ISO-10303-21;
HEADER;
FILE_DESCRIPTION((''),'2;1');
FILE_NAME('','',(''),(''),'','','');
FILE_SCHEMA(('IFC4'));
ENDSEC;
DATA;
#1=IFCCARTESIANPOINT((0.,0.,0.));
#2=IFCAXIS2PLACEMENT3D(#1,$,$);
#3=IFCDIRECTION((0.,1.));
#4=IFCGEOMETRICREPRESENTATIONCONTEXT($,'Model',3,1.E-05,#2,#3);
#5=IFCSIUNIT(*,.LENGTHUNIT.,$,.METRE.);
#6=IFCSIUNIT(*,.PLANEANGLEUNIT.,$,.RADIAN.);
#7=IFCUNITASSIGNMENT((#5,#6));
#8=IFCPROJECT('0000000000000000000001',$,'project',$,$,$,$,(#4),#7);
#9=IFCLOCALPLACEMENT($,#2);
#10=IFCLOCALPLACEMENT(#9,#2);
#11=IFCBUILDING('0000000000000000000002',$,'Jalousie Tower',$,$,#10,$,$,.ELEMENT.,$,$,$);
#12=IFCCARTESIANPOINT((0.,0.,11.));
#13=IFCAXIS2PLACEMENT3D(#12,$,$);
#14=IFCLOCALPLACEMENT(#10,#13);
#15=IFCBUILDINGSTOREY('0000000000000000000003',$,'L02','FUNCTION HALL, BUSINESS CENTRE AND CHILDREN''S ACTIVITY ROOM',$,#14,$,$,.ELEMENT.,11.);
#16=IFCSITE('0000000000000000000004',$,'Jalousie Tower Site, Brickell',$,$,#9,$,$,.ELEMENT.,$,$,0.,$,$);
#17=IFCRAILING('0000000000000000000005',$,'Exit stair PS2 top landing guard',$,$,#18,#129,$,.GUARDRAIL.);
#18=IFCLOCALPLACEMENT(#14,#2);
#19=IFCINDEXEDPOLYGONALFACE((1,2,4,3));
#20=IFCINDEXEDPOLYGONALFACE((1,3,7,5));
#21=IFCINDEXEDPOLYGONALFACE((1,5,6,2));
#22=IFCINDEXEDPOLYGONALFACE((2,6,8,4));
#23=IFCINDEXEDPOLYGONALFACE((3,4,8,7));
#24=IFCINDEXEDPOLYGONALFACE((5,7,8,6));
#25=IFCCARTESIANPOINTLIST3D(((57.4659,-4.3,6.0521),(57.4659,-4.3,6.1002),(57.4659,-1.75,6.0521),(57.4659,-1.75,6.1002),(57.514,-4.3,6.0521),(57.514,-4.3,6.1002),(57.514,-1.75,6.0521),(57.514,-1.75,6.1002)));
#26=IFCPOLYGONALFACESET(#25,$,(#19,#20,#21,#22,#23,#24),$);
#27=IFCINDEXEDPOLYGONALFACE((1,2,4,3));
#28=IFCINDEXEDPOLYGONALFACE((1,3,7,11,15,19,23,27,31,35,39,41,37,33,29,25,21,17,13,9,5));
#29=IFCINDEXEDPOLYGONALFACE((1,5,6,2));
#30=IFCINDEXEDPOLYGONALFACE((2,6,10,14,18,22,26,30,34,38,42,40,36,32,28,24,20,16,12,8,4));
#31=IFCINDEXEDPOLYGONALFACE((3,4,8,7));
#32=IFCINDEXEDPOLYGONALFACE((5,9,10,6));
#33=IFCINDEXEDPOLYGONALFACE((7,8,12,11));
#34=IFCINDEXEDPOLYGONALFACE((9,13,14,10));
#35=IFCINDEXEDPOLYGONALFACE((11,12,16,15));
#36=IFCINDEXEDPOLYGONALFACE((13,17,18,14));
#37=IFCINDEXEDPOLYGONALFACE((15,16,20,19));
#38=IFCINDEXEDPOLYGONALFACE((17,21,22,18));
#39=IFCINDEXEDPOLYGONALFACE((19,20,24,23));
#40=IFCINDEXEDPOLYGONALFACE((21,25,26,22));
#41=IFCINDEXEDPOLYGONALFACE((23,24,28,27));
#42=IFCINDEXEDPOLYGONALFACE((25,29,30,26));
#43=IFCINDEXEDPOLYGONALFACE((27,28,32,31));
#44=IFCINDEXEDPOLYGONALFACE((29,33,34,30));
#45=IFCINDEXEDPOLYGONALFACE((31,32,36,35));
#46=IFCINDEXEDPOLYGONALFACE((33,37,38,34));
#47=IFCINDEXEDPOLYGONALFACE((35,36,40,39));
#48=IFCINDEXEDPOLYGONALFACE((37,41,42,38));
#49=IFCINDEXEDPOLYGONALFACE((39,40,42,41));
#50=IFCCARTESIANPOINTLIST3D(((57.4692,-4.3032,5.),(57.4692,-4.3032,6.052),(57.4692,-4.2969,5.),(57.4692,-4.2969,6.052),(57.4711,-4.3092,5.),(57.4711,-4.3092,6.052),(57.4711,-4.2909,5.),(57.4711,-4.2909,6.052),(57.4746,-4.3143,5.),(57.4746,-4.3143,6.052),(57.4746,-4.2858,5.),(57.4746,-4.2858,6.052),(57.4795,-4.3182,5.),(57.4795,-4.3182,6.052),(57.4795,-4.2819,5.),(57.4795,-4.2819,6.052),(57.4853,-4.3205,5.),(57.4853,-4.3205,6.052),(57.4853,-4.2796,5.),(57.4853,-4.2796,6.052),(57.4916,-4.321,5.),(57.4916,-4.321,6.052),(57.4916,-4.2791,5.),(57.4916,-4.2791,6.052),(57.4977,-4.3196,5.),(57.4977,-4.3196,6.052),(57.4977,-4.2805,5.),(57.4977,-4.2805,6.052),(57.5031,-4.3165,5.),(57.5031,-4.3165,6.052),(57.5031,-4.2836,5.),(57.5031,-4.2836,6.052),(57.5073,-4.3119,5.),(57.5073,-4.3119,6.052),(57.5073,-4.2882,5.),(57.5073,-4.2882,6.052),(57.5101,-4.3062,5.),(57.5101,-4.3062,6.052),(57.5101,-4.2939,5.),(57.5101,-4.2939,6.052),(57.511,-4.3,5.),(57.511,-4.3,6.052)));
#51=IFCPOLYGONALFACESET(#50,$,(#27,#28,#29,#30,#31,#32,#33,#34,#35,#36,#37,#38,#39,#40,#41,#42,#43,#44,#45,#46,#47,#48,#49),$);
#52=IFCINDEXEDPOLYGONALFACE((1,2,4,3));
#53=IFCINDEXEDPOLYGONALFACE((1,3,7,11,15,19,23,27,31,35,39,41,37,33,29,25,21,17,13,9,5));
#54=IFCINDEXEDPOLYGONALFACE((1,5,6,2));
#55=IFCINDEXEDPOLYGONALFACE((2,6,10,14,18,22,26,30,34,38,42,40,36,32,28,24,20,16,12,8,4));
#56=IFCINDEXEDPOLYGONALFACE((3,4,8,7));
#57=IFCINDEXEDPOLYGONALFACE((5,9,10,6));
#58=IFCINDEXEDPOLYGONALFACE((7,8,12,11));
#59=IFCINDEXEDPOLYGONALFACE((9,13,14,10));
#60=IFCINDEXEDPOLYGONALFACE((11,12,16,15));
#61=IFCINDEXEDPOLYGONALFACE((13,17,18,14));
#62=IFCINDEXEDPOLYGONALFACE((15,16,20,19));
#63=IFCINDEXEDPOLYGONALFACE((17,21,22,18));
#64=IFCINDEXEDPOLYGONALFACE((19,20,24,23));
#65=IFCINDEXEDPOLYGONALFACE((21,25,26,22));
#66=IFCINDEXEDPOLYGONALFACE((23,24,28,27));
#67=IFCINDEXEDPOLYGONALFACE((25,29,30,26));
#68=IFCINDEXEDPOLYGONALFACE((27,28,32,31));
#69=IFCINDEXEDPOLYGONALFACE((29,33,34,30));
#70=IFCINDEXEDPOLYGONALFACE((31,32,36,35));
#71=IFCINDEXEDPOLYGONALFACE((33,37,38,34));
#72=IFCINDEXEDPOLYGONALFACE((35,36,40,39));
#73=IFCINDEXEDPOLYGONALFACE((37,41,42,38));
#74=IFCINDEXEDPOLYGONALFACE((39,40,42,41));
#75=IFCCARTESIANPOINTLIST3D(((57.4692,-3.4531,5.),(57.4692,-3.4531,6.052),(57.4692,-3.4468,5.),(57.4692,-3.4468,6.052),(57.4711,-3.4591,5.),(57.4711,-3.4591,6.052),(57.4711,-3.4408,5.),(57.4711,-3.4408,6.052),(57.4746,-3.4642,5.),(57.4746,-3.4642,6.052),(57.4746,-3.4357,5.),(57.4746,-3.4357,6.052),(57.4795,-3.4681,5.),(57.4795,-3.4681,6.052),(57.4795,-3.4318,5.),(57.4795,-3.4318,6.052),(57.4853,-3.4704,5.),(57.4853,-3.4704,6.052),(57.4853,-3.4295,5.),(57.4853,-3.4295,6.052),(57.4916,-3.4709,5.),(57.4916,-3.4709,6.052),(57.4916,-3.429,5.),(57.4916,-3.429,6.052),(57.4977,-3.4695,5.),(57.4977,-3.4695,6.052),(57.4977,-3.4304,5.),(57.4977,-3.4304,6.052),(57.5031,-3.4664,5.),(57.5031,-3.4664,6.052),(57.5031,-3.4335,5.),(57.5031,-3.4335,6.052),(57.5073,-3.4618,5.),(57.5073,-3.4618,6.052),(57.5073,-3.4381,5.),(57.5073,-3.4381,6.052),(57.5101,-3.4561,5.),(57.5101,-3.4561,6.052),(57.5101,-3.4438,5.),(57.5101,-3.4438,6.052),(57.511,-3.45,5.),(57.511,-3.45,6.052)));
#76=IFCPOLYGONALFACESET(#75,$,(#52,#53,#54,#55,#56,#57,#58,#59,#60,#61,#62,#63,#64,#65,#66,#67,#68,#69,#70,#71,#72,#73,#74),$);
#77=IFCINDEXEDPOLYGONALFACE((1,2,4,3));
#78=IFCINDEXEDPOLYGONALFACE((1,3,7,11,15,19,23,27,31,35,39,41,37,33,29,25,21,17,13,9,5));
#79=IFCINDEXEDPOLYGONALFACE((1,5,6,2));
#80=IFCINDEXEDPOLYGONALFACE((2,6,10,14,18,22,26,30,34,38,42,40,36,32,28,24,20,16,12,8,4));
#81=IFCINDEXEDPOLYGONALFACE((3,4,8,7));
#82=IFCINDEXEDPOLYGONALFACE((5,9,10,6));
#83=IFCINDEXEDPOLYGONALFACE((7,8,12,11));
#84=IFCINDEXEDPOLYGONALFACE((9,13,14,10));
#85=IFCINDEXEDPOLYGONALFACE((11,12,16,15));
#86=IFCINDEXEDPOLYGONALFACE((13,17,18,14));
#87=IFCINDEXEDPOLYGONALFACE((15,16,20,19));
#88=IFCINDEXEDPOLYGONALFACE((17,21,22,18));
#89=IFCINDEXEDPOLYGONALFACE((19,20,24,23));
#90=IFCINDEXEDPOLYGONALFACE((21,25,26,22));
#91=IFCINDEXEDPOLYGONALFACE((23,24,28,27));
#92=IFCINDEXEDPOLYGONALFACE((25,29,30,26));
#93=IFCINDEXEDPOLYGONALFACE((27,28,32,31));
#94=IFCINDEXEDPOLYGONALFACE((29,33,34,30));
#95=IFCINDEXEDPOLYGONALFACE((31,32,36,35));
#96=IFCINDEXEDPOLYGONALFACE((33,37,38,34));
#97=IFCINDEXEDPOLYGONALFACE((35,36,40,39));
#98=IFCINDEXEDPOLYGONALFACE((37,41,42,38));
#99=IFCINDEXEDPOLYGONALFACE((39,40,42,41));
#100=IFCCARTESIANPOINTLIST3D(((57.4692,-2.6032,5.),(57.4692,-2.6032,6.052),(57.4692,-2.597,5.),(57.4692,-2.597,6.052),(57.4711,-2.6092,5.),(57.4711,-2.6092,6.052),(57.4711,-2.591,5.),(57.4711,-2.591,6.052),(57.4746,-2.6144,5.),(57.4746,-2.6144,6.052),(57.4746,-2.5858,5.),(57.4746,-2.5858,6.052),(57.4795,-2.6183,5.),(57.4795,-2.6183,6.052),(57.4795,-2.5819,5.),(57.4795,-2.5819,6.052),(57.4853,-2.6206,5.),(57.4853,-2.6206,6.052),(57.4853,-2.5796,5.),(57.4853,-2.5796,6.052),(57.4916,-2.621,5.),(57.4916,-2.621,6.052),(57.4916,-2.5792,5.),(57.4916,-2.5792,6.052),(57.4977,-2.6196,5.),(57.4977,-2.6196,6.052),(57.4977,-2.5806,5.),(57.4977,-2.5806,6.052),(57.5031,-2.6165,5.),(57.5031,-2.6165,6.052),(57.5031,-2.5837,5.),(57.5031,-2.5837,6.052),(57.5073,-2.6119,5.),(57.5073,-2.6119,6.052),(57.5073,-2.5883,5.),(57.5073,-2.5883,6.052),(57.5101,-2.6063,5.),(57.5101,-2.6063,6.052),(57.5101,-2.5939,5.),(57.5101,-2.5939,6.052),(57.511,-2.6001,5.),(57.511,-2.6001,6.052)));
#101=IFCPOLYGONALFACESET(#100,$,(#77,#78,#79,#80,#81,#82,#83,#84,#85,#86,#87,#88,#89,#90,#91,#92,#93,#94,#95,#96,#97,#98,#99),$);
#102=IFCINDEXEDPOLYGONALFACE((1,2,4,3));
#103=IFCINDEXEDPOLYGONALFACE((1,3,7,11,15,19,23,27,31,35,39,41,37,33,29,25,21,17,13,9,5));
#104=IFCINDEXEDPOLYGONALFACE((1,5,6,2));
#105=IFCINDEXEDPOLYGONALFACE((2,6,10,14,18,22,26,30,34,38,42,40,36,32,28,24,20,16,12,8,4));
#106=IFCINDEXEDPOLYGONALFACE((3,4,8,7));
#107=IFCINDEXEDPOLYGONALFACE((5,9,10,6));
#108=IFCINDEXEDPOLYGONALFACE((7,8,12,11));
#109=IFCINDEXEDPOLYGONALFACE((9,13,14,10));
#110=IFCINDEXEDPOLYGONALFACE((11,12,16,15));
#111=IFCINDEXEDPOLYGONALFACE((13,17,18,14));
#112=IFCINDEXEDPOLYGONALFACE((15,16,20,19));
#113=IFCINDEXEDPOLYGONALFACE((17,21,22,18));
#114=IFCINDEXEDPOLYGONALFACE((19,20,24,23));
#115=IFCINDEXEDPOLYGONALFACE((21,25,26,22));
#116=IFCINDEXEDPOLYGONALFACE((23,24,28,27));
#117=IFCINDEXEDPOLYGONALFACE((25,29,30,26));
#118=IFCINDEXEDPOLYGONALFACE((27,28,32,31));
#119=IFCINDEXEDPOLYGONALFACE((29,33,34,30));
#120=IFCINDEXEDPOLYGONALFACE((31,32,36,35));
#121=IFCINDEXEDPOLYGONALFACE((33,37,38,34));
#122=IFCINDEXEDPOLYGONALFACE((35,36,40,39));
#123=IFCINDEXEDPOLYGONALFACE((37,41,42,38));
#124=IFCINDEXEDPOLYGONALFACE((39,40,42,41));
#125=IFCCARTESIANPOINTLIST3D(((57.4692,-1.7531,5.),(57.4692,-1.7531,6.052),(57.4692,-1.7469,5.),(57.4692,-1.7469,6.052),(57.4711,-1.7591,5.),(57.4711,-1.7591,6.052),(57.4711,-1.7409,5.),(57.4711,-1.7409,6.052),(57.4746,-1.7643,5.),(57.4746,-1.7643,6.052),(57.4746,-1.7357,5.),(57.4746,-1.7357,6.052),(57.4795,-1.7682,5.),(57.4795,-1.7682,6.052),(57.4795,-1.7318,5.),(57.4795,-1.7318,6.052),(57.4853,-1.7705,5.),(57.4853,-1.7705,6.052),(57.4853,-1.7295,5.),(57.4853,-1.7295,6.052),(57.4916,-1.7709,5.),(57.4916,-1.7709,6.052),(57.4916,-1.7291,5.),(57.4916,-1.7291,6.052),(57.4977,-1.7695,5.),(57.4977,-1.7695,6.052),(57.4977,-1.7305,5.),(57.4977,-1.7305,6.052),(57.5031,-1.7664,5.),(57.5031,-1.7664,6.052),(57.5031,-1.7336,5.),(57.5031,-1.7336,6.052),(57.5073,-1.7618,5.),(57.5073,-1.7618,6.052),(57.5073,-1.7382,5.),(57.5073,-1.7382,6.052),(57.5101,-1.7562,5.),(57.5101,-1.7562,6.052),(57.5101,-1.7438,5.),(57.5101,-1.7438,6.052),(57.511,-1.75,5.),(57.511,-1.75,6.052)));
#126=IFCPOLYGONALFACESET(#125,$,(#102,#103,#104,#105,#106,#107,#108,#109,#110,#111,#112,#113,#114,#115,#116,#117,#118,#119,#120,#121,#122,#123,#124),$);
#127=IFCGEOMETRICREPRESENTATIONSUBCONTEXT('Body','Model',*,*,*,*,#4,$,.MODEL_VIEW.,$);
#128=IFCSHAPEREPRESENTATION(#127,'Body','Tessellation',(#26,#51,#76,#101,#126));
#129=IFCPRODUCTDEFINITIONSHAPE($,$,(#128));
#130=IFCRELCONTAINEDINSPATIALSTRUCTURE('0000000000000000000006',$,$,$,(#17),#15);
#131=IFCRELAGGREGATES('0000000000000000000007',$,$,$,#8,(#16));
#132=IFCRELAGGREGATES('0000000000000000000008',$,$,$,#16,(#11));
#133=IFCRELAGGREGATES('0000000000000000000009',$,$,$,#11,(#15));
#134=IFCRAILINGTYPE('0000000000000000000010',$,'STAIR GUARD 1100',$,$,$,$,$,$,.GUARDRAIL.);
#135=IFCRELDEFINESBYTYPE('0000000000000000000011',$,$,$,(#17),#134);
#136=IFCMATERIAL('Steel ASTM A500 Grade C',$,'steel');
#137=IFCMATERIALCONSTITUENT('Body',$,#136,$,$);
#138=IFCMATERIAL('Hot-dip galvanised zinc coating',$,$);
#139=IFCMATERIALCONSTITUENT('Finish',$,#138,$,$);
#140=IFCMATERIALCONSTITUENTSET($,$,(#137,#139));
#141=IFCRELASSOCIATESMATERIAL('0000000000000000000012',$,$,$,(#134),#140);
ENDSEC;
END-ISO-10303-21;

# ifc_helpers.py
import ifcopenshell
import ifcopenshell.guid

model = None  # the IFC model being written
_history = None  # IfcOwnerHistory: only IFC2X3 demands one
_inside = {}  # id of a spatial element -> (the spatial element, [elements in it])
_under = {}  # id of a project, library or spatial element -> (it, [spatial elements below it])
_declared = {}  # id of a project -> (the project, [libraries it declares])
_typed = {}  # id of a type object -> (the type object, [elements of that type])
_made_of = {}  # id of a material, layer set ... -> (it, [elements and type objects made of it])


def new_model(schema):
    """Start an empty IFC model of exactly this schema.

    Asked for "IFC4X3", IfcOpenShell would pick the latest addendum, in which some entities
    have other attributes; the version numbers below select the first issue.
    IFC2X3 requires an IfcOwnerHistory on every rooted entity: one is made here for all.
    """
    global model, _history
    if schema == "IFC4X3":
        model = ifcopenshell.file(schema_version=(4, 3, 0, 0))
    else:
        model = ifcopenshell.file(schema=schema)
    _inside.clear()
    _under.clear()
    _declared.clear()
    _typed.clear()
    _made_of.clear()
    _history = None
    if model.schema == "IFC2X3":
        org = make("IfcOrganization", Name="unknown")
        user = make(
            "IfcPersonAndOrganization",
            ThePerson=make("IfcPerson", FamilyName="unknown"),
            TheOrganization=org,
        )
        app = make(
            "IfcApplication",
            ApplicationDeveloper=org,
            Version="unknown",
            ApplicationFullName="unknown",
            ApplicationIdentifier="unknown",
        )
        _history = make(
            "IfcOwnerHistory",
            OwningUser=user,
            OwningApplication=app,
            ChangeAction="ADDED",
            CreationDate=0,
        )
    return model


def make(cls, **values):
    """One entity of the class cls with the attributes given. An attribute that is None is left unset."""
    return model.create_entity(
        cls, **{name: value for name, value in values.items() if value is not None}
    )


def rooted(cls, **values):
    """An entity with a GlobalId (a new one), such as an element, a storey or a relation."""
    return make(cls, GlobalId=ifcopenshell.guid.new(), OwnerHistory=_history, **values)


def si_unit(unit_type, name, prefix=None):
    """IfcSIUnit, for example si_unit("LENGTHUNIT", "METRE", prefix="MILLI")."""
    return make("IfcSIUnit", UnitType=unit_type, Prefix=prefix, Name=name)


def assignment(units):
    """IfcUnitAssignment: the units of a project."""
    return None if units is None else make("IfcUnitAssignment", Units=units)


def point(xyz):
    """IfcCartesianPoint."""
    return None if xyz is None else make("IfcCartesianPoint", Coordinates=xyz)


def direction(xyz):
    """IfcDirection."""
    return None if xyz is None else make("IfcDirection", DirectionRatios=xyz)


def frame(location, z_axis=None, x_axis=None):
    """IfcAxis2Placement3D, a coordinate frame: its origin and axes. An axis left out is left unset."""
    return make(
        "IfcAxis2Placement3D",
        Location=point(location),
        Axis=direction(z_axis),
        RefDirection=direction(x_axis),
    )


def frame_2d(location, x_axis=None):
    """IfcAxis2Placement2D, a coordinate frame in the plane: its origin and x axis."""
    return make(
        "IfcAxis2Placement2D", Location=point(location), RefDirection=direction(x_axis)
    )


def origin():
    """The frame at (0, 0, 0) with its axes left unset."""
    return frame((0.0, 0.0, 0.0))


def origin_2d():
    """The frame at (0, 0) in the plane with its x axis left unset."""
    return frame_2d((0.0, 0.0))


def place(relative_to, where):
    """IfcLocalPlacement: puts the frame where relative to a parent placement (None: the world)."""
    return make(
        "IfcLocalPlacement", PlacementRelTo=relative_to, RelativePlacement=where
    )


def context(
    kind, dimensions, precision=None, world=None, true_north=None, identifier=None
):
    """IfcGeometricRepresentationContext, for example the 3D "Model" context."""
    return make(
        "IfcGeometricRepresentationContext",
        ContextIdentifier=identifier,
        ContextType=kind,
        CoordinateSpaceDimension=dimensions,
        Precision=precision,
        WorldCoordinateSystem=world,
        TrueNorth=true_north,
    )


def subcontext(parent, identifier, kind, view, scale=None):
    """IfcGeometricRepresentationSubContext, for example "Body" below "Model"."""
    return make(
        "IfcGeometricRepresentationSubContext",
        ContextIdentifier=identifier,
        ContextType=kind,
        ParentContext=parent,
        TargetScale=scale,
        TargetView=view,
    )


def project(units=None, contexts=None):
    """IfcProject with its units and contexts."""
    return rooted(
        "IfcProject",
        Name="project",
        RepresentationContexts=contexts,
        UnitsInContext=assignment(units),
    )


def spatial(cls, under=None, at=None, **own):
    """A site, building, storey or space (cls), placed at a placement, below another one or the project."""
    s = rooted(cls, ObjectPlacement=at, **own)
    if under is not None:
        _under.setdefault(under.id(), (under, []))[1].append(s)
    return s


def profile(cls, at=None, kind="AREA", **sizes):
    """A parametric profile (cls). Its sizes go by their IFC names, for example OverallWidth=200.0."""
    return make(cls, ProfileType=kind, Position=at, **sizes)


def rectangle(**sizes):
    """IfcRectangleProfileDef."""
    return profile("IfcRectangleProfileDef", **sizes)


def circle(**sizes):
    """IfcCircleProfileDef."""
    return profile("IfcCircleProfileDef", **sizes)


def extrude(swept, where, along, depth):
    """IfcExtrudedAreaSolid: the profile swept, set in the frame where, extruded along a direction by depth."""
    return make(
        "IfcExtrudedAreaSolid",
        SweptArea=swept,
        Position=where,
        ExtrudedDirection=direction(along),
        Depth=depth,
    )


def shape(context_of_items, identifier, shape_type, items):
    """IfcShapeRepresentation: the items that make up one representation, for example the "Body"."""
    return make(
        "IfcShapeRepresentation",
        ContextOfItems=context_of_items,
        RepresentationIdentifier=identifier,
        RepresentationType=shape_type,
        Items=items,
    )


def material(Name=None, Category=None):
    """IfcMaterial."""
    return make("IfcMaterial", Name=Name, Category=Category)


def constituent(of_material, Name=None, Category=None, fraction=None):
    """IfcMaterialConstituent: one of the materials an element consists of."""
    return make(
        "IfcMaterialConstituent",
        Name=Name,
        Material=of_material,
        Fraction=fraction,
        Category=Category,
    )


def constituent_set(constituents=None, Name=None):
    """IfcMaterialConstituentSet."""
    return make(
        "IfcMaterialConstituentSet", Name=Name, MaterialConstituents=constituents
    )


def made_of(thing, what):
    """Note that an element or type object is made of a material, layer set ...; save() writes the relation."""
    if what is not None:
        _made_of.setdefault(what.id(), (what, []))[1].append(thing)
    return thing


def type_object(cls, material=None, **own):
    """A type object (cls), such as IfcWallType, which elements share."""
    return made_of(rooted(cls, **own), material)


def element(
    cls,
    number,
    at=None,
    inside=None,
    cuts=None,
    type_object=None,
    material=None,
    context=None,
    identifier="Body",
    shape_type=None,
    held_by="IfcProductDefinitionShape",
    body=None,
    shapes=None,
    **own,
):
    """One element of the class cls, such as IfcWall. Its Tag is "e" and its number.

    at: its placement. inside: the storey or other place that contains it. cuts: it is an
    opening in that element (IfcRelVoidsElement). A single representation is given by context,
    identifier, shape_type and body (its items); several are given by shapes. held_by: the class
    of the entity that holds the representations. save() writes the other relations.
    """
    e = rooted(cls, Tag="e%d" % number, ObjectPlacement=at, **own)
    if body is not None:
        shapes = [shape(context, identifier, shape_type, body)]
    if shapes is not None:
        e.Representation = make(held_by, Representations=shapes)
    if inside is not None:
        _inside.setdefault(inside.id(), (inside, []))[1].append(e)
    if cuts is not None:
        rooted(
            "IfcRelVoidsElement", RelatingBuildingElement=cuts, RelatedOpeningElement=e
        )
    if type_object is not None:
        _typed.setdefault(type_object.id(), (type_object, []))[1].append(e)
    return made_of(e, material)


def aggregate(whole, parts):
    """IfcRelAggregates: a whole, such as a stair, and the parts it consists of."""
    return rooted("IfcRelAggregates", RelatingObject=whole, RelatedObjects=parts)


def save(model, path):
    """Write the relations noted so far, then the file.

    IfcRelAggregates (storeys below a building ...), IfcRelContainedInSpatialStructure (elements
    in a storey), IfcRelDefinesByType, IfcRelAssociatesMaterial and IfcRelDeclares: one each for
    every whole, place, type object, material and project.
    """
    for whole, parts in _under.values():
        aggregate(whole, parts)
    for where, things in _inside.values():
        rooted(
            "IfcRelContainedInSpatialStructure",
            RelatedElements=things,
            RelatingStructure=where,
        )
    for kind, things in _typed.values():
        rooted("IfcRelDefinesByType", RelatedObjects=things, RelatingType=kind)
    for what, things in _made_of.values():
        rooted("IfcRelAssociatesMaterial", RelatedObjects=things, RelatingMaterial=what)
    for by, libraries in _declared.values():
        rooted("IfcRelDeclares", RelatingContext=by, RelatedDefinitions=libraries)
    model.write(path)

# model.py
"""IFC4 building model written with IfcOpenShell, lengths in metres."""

from ifc_helpers import new_model, si_unit, direction, frame, origin, origin_2d, place, context, subcontext, project, spatial, rectangle, circle, extrude, material, constituent, constituent_set, type_object, element, save


model = new_model("IFC4")

# Units and contexts
model_context = context("Model", 3, precision=1e-05, world=origin(), true_north=direction((0.0, 1.0)))
body_context = subcontext(model_context, "Body", "Model", "MODEL_VIEW")
ifc_project = project(units=[si_unit("LENGTHUNIT", "METRE"), si_unit("PLANEANGLEUNIT", "RADIAN")], contexts=[model_context])

# Site, building, storey
site_placement = place(None, origin())
site = spatial("IfcSite", under=ifc_project, at=site_placement, Name="Jalousie Tower Site, Brickell", CompositionType="ELEMENT", RefElevation=0.0)
building_placement = place(site_placement, origin())
building = spatial("IfcBuilding", under=site, at=building_placement, Name="Jalousie Tower", CompositionType="ELEMENT")
storey_placement = place(building_placement, frame((0.0, 0.0, 11.0)))
storey = spatial("IfcBuildingStorey", under=building, at=storey_placement, Name="L02", Description="FUNCTION HALL, BUSINESS CENTRE AND CHILDREN'S ACTIVITY ROOM", CompositionType="ELEMENT", Elevation=11.0)

# Railing
ifc_material_1 = material(Name="Steel ASTM A500 Grade C", Category="steel")
ifc_constituent_1 = constituent(ifc_material_1, Name="Body")
ifc_material_2 = material(Name="Hot-dip galvanised zinc coating")
ifc_constituent_2 = constituent(ifc_material_2, Name="Finish")
ifc_constituent_set_1 = constituent_set(constituents=[ifc_constituent_1, ifc_constituent_2])
railing_type_1 = type_object("IfcRailingType", Name="STAIR GUARD 1100", PredefinedType="GUARDRAIL", material=ifc_constituent_set_1)
railing_1_placement = place(storey_placement, frame((57.49, -4.3, 5.0)))
element("IfcRailing", 1, at=railing_1_placement, inside=storey, type_object=railing_type_1, Name="Exit stair PS2 top landing guard", PredefinedType="GUARDRAIL", context=body_context, shape_type="SweptSolid", body=[
    extrude(rectangle(XDim=0.0481, YDim=0.0481, at=origin_2d()), frame((0.0, 0.0, 1.0762), z_axis=(0.0, 1.0, 0.0), x_axis=(-1.0, 0.0, 0.0)), (0.0, 0.0, 1.0), 2.55),
    extrude(circle(Radius=0.021, at=origin_2d()), origin(), (0.0, 0.0, 1.0), 1.052),
    extrude(circle(Radius=0.021, at=origin_2d()), frame((0.0, 0.8501, 0.0)), (0.0, 0.0, 1.0), 1.052),
    extrude(circle(Radius=0.021, at=origin_2d()), frame((0.0, 1.7, 0.0)), (0.0, 0.0, 1.0), 1.052),
    extrude(circle(Radius=0.021, at=origin_2d()), frame((0.0, 2.55, 0.0)), (0.0, 0.0, 1.0), 1.052),
])

save(model, "model.ifc")
